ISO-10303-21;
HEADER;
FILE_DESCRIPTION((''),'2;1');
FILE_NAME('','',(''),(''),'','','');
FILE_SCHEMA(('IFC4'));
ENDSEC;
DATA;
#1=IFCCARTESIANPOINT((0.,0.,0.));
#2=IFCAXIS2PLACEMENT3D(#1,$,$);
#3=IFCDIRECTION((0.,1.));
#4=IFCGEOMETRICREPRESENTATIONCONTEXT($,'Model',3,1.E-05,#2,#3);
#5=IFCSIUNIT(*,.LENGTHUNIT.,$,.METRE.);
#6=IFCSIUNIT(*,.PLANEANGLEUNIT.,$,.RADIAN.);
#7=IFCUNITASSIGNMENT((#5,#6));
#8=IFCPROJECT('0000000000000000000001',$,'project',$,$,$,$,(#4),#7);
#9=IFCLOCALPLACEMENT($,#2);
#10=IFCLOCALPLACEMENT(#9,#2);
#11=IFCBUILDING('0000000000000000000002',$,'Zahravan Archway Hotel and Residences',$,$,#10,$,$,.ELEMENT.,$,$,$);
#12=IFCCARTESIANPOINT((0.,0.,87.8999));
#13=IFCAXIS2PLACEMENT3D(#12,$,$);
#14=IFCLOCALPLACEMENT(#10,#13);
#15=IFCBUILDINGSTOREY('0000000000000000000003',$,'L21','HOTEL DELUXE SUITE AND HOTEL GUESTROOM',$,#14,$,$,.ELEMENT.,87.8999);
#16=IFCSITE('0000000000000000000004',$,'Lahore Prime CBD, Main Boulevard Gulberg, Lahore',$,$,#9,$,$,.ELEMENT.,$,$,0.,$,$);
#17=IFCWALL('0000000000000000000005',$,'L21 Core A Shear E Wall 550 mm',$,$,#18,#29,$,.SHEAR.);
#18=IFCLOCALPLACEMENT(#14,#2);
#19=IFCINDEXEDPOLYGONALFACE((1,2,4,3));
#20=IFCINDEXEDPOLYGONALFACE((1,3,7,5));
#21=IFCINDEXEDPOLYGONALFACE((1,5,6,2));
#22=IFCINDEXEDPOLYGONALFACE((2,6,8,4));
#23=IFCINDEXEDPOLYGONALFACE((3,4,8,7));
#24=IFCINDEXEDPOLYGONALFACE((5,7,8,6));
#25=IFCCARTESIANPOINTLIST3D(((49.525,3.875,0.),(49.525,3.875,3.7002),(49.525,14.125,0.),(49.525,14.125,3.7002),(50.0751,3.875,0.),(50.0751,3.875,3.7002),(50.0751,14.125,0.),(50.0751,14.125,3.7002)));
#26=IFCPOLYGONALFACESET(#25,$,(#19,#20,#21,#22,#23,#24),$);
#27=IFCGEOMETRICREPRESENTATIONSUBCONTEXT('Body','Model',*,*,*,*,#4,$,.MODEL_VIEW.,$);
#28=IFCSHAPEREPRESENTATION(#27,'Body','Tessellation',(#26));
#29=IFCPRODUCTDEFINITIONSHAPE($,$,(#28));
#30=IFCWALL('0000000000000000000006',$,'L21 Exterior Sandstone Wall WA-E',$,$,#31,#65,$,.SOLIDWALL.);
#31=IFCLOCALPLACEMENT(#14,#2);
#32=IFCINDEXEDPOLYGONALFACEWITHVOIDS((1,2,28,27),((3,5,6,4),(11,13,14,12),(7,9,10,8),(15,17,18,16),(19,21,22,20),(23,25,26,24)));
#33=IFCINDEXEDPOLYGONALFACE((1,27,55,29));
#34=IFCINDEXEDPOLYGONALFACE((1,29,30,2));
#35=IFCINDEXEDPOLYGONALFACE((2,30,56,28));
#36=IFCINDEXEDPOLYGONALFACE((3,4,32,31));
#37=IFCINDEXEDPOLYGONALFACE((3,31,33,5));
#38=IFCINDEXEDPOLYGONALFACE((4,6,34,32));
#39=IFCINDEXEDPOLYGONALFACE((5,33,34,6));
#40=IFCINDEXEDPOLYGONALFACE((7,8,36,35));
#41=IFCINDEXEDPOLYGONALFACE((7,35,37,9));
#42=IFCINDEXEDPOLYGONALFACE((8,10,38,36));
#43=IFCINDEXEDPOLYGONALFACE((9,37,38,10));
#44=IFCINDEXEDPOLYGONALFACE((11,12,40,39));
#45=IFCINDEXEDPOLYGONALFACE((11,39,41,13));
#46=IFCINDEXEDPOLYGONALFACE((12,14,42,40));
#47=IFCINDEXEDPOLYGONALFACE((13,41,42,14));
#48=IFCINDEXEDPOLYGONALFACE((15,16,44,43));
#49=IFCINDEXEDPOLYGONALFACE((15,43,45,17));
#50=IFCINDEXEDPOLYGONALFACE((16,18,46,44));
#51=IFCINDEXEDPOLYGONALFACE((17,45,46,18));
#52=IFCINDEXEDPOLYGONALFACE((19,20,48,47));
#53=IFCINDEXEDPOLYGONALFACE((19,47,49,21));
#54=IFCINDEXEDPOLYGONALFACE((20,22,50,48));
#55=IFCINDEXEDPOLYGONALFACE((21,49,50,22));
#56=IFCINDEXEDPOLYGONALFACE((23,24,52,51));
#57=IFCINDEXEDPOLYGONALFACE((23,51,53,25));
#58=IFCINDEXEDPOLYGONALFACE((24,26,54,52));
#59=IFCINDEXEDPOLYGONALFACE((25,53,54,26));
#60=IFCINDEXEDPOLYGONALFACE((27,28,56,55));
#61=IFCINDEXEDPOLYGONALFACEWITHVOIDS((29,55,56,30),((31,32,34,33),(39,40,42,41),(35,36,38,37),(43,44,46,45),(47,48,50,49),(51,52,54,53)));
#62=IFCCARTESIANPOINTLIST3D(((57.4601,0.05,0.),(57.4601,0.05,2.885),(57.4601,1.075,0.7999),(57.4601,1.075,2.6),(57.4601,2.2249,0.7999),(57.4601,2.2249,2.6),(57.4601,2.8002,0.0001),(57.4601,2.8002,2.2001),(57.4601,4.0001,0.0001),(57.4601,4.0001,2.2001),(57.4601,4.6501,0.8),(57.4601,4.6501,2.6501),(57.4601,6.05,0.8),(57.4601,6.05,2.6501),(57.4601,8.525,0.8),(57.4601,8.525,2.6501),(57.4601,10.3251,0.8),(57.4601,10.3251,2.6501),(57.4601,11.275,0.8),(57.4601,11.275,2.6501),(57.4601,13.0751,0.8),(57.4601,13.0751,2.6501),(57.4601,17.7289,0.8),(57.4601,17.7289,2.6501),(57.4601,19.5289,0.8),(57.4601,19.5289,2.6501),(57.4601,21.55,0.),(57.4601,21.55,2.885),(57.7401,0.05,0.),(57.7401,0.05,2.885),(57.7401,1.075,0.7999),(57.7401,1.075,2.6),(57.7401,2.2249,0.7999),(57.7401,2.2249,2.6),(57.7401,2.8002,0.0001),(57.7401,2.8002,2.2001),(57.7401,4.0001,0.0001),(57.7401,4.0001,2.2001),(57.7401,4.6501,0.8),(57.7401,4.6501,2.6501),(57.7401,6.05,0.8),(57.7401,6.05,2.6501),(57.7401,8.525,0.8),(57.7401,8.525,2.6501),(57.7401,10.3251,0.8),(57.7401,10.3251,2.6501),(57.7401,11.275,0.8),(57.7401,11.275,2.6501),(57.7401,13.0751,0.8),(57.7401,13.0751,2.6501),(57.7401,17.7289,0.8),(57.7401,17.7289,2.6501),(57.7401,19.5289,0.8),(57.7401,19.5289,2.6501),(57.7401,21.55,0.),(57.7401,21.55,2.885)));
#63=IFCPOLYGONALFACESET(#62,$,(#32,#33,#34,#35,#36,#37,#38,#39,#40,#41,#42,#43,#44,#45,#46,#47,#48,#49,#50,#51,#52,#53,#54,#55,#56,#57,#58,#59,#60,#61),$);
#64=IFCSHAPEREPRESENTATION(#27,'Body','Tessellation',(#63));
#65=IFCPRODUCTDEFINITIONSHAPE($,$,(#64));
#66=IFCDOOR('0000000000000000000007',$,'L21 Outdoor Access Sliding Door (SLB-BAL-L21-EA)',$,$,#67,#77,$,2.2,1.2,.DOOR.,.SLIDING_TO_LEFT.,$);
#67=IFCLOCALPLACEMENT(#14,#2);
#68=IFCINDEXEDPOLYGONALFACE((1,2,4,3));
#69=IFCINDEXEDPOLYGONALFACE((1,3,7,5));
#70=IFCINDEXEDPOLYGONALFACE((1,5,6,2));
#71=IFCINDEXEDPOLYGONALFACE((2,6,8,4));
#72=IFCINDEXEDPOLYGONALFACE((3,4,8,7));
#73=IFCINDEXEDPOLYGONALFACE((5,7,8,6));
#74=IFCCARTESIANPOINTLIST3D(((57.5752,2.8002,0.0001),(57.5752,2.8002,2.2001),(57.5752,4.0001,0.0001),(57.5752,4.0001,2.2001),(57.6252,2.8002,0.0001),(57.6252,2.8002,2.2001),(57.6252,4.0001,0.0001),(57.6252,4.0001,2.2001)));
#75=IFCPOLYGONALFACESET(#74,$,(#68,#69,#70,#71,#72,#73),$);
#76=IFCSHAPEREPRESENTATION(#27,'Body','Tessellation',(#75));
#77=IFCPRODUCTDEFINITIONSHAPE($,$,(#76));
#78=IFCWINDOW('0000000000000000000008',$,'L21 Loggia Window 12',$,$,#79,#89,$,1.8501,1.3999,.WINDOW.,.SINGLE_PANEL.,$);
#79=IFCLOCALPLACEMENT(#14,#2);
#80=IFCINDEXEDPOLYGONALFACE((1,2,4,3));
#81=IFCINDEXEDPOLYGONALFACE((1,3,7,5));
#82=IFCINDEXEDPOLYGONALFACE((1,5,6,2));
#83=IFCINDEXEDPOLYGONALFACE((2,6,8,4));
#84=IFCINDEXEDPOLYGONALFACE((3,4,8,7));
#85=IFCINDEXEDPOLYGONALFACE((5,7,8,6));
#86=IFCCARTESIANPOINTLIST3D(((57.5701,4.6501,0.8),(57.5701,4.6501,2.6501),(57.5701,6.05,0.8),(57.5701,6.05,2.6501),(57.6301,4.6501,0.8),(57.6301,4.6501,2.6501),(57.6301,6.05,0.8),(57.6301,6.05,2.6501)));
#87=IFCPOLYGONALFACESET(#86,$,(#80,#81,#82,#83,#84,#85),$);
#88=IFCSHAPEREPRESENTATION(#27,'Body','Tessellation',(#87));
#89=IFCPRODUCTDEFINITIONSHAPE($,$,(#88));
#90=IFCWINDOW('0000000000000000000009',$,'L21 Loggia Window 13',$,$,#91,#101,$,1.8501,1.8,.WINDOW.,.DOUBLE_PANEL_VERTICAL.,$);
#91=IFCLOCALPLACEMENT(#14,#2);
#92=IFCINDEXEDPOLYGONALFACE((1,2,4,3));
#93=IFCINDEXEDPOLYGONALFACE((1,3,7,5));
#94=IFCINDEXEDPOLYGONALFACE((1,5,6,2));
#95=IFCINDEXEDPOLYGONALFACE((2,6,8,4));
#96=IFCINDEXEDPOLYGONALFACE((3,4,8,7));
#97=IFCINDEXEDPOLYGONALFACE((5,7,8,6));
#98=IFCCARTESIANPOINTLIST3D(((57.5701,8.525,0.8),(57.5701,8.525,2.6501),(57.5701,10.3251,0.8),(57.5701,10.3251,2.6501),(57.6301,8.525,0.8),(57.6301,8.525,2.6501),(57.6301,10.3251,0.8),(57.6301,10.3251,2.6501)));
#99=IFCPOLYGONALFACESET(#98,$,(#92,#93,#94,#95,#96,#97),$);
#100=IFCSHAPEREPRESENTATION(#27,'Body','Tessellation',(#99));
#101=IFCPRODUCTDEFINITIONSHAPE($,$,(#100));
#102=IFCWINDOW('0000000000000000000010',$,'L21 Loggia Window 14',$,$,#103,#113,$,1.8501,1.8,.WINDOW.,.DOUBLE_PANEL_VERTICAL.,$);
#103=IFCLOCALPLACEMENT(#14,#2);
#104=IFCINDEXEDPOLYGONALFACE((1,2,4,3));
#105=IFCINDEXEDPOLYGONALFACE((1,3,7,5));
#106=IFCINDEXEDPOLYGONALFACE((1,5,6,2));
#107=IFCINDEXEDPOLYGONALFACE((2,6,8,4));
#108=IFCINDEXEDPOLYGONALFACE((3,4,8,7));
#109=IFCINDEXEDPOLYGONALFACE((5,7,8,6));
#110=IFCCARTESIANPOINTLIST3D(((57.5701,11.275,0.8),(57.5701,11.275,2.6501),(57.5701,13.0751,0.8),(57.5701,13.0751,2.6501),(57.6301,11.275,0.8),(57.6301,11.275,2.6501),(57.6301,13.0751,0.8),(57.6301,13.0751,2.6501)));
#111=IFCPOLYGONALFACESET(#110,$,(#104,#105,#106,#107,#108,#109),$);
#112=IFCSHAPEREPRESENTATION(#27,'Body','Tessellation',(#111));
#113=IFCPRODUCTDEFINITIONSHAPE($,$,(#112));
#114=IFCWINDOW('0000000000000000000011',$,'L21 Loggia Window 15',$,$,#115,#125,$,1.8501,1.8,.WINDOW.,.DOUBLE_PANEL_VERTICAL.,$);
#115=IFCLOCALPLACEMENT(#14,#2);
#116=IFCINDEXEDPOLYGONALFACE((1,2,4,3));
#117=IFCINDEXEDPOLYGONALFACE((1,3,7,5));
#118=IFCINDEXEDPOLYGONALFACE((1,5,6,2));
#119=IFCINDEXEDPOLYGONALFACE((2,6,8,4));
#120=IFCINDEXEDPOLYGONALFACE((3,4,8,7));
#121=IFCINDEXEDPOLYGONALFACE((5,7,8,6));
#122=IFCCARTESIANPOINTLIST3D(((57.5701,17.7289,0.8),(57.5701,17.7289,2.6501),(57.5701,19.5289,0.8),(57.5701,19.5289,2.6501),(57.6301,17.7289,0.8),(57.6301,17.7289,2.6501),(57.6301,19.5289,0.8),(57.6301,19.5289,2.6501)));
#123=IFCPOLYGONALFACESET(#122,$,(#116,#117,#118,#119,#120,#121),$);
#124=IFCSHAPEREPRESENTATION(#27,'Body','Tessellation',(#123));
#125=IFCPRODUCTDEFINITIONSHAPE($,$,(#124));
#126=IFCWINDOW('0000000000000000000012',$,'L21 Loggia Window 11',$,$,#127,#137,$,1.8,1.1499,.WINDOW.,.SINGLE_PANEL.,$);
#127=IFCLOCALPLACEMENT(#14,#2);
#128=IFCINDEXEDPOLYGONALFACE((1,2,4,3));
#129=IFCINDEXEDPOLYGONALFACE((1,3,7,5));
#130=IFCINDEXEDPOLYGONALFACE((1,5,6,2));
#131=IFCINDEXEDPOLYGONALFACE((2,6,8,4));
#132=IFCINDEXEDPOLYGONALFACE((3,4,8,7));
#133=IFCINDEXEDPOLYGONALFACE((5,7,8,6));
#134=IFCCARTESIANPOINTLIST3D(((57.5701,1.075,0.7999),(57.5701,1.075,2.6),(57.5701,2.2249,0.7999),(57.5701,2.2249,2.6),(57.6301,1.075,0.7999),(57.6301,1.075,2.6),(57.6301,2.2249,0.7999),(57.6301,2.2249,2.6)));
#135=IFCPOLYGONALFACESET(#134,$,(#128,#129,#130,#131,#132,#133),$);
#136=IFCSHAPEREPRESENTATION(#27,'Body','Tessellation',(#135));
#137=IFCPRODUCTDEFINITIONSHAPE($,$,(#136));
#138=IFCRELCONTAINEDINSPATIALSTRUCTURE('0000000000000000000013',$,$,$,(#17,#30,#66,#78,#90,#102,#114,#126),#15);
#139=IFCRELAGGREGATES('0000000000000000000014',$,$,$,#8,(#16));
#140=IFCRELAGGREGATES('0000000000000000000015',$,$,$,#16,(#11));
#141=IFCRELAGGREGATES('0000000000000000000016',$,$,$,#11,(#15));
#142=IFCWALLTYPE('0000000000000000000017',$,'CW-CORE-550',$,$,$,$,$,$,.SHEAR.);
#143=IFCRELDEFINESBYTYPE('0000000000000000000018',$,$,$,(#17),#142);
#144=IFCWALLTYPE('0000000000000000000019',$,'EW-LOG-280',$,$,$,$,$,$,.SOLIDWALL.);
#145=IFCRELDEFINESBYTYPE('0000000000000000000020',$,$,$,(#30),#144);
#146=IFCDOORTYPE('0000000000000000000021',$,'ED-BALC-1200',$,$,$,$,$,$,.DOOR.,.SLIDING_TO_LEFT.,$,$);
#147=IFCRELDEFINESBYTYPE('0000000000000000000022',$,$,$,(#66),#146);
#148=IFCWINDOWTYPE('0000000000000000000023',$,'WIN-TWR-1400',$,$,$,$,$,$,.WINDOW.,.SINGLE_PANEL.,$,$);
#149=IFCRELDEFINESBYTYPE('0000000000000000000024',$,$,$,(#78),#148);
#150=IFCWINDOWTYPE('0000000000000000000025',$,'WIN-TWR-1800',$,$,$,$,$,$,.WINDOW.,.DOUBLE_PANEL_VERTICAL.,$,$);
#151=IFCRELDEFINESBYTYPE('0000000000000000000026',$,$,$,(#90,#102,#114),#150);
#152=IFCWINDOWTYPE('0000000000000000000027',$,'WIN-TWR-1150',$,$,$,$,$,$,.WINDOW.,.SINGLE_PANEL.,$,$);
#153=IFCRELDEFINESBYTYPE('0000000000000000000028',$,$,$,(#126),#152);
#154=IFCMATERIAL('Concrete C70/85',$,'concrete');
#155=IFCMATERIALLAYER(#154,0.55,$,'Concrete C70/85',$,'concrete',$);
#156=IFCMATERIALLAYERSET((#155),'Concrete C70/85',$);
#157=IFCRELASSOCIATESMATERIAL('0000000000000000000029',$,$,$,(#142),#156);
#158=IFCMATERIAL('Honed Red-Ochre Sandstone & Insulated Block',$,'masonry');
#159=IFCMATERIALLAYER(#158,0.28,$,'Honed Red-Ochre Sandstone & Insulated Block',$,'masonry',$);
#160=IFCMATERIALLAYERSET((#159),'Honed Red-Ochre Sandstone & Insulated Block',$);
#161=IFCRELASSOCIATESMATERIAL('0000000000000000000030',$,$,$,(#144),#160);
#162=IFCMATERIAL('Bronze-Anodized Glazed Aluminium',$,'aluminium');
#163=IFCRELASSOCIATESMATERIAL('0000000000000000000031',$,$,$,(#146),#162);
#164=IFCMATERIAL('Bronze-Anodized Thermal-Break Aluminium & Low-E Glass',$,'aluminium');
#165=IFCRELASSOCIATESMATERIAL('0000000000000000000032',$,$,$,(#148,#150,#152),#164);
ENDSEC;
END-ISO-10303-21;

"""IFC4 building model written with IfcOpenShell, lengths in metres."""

from ifc_helpers import new_model, si_unit, direction, frame, frame_2d, origin, place, context, subcontext, project, spatial, rectangle, extrude, source, transform, mapped, material, layer, layer_set, type_object, type_shapes, element, fill, save


model = new_model("IFC4")

# Units and contexts
model_context = context("Model", 3, precision=1e-05, world=origin(), true_north=direction((0.0, 1.0)))
body_context = subcontext(model_context, "Body", "Model", "MODEL_VIEW")
ifc_project = project(units=[si_unit("LENGTHUNIT", "METRE"), si_unit("PLANEANGLEUNIT", "RADIAN")], contexts=[model_context])

# Site, building, storey
site_placement = place(None, origin())
site = spatial("IfcSite", under=ifc_project, at=site_placement, Name="Lahore Prime CBD, Main Boulevard Gulberg, Lahore", CompositionType="ELEMENT", RefElevation=0.0)
building_placement = place(site_placement, origin())
building = spatial("IfcBuilding", under=site, at=building_placement, Name="Zahravan Archway Hotel and Residences", CompositionType="ELEMENT")
storey_placement = place(building_placement, frame((0.0, 0.0, 87.8999)))
storey = spatial("IfcBuildingStorey", under=building, at=storey_placement, Name="L21", Description="HOTEL DELUXE SUITE AND HOTEL GUESTROOM", CompositionType="ELEMENT", Elevation=87.8999)

# Shared definitions
ifc_material_1 = material(Name="Concrete C70/85", Category="concrete")

# Wall
ifc_layer_1 = layer(ifc_material_1, 0.55, Name="Concrete C70/85", Category="concrete")
ifc_layer_set_1 = layer_set([ifc_layer_1], Name="Concrete C70/85")
wall_type_1 = type_object("IfcWallType", Name="CW-CORE-550", PredefinedType="SHEAR", material=ifc_layer_set_1)
wall_1_placement = place(storey_placement, frame((49.8, 3.875, 0.0), z_axis=(0.0, 0.0, 1.0), x_axis=(0.0, 1.0, 0.0)))
element("IfcWall", 1, at=wall_1_placement, inside=storey, type_object=wall_type_1, Name="L21 Core A Shear E Wall 550 mm", PredefinedType="SHEAR", context=body_context, shape_type="SweptSolid", body=[
    extrude(rectangle(XDim=10.25, YDim=0.55, at=frame_2d((5.125, 0.0))), origin(), (0.0, 0.0, 1.0), 3.7002),
])

# Wall, openings, door, windows
ifc_material_2 = material(Name="Honed Red-Ochre Sandstone & Insulated Block", Category="masonry")
ifc_layer_2 = layer(ifc_material_2, 0.28, Name="Honed Red-Ochre Sandstone & Insulated Block", Category="masonry")
ifc_layer_set_2 = layer_set([ifc_layer_2], Name="Honed Red-Ochre Sandstone & Insulated Block")
wall_type_2 = type_object("IfcWallType", Name="EW-LOG-280", PredefinedType="SOLIDWALL", material=ifc_layer_set_2)
wall_2_placement = place(storey_placement, frame((57.6001, 0.05, 0.0), z_axis=(0.0, 0.0, 1.0), x_axis=(0.0, 1.0, 0.0)))
wall_2 = element("IfcWall", 2, at=wall_2_placement, inside=storey, type_object=wall_type_2, Name="L21 Exterior Sandstone Wall WA-E", PredefinedType="SOLIDWALL", context=body_context, shape_type="SweptSolid", body=[
    extrude(rectangle(XDim=21.5, YDim=0.28, at=frame_2d((10.75, 0.0))), origin(), (0.0, 0.0, 1.0), 2.885),
])
opening_1_placement = place(wall_2_placement, frame((2.75, 0.0, 0.0)))
opening_1 = element("IfcOpeningElement", 3, at=opening_1_placement, cuts=wall_2, PredefinedType="OPENING", context=body_context, shape_type="SweptSolid", body=[
    extrude(rectangle(XDim=1.2, YDim=2.2, at=frame_2d((0.6001, 1.1001))), frame((0.0, 0.1499, 0.0), z_axis=(0.0, -1.0, 0.0), x_axis=(1.0, 0.0, 0.0)), (0.0, 0.0, 1.0), 0.3),
])
opening_2_placement = place(wall_2_placement, frame((1.0249, 0.0, 0.8)))
opening_2 = element("IfcOpeningElement", 4, at=opening_2_placement, cuts=wall_2, PredefinedType="OPENING", context=body_context, shape_type="SweptSolid", body=[
    extrude(rectangle(XDim=1.1499, YDim=1.8, at=frame_2d((0.575, 0.8999))), frame((0.0, 0.1499, 0.0), z_axis=(0.0, -1.0, 0.0), x_axis=(1.0, 0.0, 0.0)), (0.0, 0.0, 1.0), 0.3),
])
opening_3_placement = place(wall_2_placement, frame((4.6001, 0.0, 0.8)))
opening_3 = element("IfcOpeningElement", 5, at=opening_3_placement, cuts=wall_2, PredefinedType="OPENING", context=body_context, shape_type="SweptSolid", body=[
    extrude(rectangle(XDim=1.3999, YDim=1.8501, at=frame_2d((0.7, 0.925))), frame((0.0, 0.1499, 0.0), z_axis=(0.0, -1.0, 0.0), x_axis=(1.0, 0.0, 0.0)), (0.0, 0.0, 1.0), 0.3),
])
opening_4_placement = place(wall_2_placement, frame((8.4751, 0.0, 0.8)))
opening_4 = element("IfcOpeningElement", 6, at=opening_4_placement, cuts=wall_2, PredefinedType="OPENING", context=body_context, shape_type="SweptSolid", body=[
    extrude(rectangle(XDim=1.8, YDim=1.8501, at=frame_2d((0.8999, 0.925))), frame((0.0, 0.1499, 0.0), z_axis=(0.0, -1.0, 0.0), x_axis=(1.0, 0.0, 0.0)), (0.0, 0.0, 1.0), 0.3),
])
opening_5_placement = place(wall_2_placement, frame((11.2251, 0.0, 0.8)))
opening_5 = element("IfcOpeningElement", 7, at=opening_5_placement, cuts=wall_2, PredefinedType="OPENING", context=body_context, shape_type="SweptSolid", body=[
    extrude(rectangle(XDim=1.8, YDim=1.8501, at=frame_2d((0.8999, 0.925))), frame((0.0, 0.1499, 0.0), z_axis=(0.0, -1.0, 0.0), x_axis=(1.0, 0.0, 0.0)), (0.0, 0.0, 1.0), 0.3),
])
opening_6_placement = place(wall_2_placement, frame((17.679, 0.0, 0.8)))
opening_6 = element("IfcOpeningElement", 8, at=opening_6_placement, cuts=wall_2, PredefinedType="OPENING", context=body_context, shape_type="SweptSolid", body=[
    extrude(rectangle(XDim=1.8, YDim=1.8501, at=frame_2d((0.8999, 0.925))), frame((0.0, 0.1499, 0.0), z_axis=(0.0, -1.0, 0.0), x_axis=(1.0, 0.0, 0.0)), (0.0, 0.0, 1.0), 0.3),
])
ifc_material_3 = material(Name="Bronze-Anodized Glazed Aluminium", Category="aluminium")
door_type_1 = type_object("IfcDoorType", Name="ED-BALC-1200", OperationType="SLIDING_TO_LEFT", PredefinedType="DOOR", material=ifc_material_3)
shared_shape_1 = source(origin(), body_context, "Body", "SweptSolid", [
    extrude(rectangle(XDim=1.2, YDim=2.2, at=frame_2d((0.6001, 1.1001))), frame((0.0, 0.0249, 0.0), z_axis=(0.0, -1.0, 0.0), x_axis=(1.0, 0.0, 0.0)), (0.0, 0.0, 1.0), 0.05),
])
type_shapes(door_type_1, [shared_shape_1])
door_1_placement = place(opening_1_placement, origin())
door_1 = element("IfcDoor", 9, at=door_1_placement, inside=storey, type_object=door_type_1, Name="L21 Outdoor Access Sliding Door (SLB-BAL-L21-EA)", OperationType="SLIDING_TO_LEFT", OverallHeight=2.2, OverallWidth=1.2, PredefinedType="DOOR", context=body_context, shape_type="MappedRepresentation", body=[
    mapped(shared_shape_1, transform((0.0, 0.0, 0.0), scale=1.0)),
])
fill(opening_1, door_1)
ifc_material_4 = material(Name="Bronze-Anodized Thermal-Break Aluminium & Low-E Glass", Category="aluminium")
window_type_1 = type_object("IfcWindowType", Name="WIN-TWR-1400", PartitioningType="SINGLE_PANEL", PredefinedType="WINDOW", material=ifc_material_4)
shared_shape_2 = source(origin(), body_context, "Body", "SweptSolid", [
    extrude(rectangle(XDim=1.3999, YDim=1.8501, at=frame_2d((0.7, 0.925))), frame((0.0, 0.03, 0.0), z_axis=(0.0, -1.0, 0.0), x_axis=(1.0, 0.0, 0.0)), (0.0, 0.0, 1.0), 0.0601),
])
type_shapes(window_type_1, [shared_shape_2])
window_1_placement = place(opening_3_placement, origin())
window_1 = element("IfcWindow", 10, at=window_1_placement, inside=storey, type_object=window_type_1, Name="L21 Loggia Window 12", OverallHeight=1.8501, OverallWidth=1.3999, PartitioningType="SINGLE_PANEL", PredefinedType="WINDOW", context=body_context, shape_type="MappedRepresentation", body=[
    mapped(shared_shape_2, transform((0.0, 0.0, 0.0), scale=1.0)),
])
fill(opening_3, window_1)
window_type_2 = type_object("IfcWindowType", Name="WIN-TWR-1800", PartitioningType="DOUBLE_PANEL_VERTICAL", PredefinedType="WINDOW", material=ifc_material_4)
shared_shape_3 = source(origin(), body_context, "Body", "SweptSolid", [
    extrude(rectangle(XDim=1.8, YDim=1.8501, at=frame_2d((0.8999, 0.925))), frame((0.0, 0.03, 0.0), z_axis=(0.0, -1.0, 0.0), x_axis=(1.0, 0.0, 0.0)), (0.0, 0.0, 1.0), 0.0601),
])
type_shapes(window_type_2, [shared_shape_3])
window_2_placement = place(opening_4_placement, origin())
window_2 = element("IfcWindow", 11, at=window_2_placement, inside=storey, type_object=window_type_2, Name="L21 Loggia Window 13", OverallHeight=1.8501, OverallWidth=1.8, PartitioningType="DOUBLE_PANEL_VERTICAL", PredefinedType="WINDOW", context=body_context, shape_type="MappedRepresentation", body=[
    mapped(shared_shape_3, transform((0.0, 0.0, 0.0), scale=1.0)),
])
fill(opening_4, window_2)
window_3_placement = place(opening_5_placement, origin())
window_3 = element("IfcWindow", 12, at=window_3_placement, inside=storey, type_object=window_type_2, Name="L21 Loggia Window 14", OverallHeight=1.8501, OverallWidth=1.8, PartitioningType="DOUBLE_PANEL_VERTICAL", PredefinedType="WINDOW", context=body_context, shape_type="MappedRepresentation", body=[
    mapped(shared_shape_3, transform((0.0, 0.0, 0.0), scale=1.0)),
])
fill(opening_5, window_3)
window_4_placement = place(opening_6_placement, origin())
window_4 = element("IfcWindow", 13, at=window_4_placement, inside=storey, type_object=window_type_2, Name="L21 Loggia Window 15", OverallHeight=1.8501, OverallWidth=1.8, PartitioningType="DOUBLE_PANEL_VERTICAL", PredefinedType="WINDOW", context=body_context, shape_type="MappedRepresentation", body=[
    mapped(shared_shape_3, transform((0.0, 0.0, 0.0), scale=1.0)),
])
fill(opening_6, window_4)
window_type_3 = type_object("IfcWindowType", Name="WIN-TWR-1150", PartitioningType="SINGLE_PANEL", PredefinedType="WINDOW", material=ifc_material_4)
shared_shape_4 = source(origin(), body_context, "Body", "SweptSolid", [
    extrude(rectangle(XDim=1.1499, YDim=1.8, at=frame_2d((0.575, 0.8999))), frame((0.0, 0.03, 0.0), z_axis=(0.0, -1.0, 0.0), x_axis=(1.0, 0.0, 0.0)), (0.0, 0.0, 1.0), 0.0601),
])
type_shapes(window_type_3, [shared_shape_4])
window_5_placement = place(opening_2_placement, origin())
window_5 = element("IfcWindow", 14, at=window_5_placement, inside=storey, type_object=window_type_3, Name="L21 Loggia Window 11", OverallHeight=1.8, OverallWidth=1.1499, PartitioningType="SINGLE_PANEL", PredefinedType="WINDOW", context=body_context, shape_type="MappedRepresentation", body=[
    mapped(shared_shape_4, transform((0.0, 0.0, 0.0), scale=1.0)),
])
fill(opening_2, window_5)

save(model, "model.ifc")
